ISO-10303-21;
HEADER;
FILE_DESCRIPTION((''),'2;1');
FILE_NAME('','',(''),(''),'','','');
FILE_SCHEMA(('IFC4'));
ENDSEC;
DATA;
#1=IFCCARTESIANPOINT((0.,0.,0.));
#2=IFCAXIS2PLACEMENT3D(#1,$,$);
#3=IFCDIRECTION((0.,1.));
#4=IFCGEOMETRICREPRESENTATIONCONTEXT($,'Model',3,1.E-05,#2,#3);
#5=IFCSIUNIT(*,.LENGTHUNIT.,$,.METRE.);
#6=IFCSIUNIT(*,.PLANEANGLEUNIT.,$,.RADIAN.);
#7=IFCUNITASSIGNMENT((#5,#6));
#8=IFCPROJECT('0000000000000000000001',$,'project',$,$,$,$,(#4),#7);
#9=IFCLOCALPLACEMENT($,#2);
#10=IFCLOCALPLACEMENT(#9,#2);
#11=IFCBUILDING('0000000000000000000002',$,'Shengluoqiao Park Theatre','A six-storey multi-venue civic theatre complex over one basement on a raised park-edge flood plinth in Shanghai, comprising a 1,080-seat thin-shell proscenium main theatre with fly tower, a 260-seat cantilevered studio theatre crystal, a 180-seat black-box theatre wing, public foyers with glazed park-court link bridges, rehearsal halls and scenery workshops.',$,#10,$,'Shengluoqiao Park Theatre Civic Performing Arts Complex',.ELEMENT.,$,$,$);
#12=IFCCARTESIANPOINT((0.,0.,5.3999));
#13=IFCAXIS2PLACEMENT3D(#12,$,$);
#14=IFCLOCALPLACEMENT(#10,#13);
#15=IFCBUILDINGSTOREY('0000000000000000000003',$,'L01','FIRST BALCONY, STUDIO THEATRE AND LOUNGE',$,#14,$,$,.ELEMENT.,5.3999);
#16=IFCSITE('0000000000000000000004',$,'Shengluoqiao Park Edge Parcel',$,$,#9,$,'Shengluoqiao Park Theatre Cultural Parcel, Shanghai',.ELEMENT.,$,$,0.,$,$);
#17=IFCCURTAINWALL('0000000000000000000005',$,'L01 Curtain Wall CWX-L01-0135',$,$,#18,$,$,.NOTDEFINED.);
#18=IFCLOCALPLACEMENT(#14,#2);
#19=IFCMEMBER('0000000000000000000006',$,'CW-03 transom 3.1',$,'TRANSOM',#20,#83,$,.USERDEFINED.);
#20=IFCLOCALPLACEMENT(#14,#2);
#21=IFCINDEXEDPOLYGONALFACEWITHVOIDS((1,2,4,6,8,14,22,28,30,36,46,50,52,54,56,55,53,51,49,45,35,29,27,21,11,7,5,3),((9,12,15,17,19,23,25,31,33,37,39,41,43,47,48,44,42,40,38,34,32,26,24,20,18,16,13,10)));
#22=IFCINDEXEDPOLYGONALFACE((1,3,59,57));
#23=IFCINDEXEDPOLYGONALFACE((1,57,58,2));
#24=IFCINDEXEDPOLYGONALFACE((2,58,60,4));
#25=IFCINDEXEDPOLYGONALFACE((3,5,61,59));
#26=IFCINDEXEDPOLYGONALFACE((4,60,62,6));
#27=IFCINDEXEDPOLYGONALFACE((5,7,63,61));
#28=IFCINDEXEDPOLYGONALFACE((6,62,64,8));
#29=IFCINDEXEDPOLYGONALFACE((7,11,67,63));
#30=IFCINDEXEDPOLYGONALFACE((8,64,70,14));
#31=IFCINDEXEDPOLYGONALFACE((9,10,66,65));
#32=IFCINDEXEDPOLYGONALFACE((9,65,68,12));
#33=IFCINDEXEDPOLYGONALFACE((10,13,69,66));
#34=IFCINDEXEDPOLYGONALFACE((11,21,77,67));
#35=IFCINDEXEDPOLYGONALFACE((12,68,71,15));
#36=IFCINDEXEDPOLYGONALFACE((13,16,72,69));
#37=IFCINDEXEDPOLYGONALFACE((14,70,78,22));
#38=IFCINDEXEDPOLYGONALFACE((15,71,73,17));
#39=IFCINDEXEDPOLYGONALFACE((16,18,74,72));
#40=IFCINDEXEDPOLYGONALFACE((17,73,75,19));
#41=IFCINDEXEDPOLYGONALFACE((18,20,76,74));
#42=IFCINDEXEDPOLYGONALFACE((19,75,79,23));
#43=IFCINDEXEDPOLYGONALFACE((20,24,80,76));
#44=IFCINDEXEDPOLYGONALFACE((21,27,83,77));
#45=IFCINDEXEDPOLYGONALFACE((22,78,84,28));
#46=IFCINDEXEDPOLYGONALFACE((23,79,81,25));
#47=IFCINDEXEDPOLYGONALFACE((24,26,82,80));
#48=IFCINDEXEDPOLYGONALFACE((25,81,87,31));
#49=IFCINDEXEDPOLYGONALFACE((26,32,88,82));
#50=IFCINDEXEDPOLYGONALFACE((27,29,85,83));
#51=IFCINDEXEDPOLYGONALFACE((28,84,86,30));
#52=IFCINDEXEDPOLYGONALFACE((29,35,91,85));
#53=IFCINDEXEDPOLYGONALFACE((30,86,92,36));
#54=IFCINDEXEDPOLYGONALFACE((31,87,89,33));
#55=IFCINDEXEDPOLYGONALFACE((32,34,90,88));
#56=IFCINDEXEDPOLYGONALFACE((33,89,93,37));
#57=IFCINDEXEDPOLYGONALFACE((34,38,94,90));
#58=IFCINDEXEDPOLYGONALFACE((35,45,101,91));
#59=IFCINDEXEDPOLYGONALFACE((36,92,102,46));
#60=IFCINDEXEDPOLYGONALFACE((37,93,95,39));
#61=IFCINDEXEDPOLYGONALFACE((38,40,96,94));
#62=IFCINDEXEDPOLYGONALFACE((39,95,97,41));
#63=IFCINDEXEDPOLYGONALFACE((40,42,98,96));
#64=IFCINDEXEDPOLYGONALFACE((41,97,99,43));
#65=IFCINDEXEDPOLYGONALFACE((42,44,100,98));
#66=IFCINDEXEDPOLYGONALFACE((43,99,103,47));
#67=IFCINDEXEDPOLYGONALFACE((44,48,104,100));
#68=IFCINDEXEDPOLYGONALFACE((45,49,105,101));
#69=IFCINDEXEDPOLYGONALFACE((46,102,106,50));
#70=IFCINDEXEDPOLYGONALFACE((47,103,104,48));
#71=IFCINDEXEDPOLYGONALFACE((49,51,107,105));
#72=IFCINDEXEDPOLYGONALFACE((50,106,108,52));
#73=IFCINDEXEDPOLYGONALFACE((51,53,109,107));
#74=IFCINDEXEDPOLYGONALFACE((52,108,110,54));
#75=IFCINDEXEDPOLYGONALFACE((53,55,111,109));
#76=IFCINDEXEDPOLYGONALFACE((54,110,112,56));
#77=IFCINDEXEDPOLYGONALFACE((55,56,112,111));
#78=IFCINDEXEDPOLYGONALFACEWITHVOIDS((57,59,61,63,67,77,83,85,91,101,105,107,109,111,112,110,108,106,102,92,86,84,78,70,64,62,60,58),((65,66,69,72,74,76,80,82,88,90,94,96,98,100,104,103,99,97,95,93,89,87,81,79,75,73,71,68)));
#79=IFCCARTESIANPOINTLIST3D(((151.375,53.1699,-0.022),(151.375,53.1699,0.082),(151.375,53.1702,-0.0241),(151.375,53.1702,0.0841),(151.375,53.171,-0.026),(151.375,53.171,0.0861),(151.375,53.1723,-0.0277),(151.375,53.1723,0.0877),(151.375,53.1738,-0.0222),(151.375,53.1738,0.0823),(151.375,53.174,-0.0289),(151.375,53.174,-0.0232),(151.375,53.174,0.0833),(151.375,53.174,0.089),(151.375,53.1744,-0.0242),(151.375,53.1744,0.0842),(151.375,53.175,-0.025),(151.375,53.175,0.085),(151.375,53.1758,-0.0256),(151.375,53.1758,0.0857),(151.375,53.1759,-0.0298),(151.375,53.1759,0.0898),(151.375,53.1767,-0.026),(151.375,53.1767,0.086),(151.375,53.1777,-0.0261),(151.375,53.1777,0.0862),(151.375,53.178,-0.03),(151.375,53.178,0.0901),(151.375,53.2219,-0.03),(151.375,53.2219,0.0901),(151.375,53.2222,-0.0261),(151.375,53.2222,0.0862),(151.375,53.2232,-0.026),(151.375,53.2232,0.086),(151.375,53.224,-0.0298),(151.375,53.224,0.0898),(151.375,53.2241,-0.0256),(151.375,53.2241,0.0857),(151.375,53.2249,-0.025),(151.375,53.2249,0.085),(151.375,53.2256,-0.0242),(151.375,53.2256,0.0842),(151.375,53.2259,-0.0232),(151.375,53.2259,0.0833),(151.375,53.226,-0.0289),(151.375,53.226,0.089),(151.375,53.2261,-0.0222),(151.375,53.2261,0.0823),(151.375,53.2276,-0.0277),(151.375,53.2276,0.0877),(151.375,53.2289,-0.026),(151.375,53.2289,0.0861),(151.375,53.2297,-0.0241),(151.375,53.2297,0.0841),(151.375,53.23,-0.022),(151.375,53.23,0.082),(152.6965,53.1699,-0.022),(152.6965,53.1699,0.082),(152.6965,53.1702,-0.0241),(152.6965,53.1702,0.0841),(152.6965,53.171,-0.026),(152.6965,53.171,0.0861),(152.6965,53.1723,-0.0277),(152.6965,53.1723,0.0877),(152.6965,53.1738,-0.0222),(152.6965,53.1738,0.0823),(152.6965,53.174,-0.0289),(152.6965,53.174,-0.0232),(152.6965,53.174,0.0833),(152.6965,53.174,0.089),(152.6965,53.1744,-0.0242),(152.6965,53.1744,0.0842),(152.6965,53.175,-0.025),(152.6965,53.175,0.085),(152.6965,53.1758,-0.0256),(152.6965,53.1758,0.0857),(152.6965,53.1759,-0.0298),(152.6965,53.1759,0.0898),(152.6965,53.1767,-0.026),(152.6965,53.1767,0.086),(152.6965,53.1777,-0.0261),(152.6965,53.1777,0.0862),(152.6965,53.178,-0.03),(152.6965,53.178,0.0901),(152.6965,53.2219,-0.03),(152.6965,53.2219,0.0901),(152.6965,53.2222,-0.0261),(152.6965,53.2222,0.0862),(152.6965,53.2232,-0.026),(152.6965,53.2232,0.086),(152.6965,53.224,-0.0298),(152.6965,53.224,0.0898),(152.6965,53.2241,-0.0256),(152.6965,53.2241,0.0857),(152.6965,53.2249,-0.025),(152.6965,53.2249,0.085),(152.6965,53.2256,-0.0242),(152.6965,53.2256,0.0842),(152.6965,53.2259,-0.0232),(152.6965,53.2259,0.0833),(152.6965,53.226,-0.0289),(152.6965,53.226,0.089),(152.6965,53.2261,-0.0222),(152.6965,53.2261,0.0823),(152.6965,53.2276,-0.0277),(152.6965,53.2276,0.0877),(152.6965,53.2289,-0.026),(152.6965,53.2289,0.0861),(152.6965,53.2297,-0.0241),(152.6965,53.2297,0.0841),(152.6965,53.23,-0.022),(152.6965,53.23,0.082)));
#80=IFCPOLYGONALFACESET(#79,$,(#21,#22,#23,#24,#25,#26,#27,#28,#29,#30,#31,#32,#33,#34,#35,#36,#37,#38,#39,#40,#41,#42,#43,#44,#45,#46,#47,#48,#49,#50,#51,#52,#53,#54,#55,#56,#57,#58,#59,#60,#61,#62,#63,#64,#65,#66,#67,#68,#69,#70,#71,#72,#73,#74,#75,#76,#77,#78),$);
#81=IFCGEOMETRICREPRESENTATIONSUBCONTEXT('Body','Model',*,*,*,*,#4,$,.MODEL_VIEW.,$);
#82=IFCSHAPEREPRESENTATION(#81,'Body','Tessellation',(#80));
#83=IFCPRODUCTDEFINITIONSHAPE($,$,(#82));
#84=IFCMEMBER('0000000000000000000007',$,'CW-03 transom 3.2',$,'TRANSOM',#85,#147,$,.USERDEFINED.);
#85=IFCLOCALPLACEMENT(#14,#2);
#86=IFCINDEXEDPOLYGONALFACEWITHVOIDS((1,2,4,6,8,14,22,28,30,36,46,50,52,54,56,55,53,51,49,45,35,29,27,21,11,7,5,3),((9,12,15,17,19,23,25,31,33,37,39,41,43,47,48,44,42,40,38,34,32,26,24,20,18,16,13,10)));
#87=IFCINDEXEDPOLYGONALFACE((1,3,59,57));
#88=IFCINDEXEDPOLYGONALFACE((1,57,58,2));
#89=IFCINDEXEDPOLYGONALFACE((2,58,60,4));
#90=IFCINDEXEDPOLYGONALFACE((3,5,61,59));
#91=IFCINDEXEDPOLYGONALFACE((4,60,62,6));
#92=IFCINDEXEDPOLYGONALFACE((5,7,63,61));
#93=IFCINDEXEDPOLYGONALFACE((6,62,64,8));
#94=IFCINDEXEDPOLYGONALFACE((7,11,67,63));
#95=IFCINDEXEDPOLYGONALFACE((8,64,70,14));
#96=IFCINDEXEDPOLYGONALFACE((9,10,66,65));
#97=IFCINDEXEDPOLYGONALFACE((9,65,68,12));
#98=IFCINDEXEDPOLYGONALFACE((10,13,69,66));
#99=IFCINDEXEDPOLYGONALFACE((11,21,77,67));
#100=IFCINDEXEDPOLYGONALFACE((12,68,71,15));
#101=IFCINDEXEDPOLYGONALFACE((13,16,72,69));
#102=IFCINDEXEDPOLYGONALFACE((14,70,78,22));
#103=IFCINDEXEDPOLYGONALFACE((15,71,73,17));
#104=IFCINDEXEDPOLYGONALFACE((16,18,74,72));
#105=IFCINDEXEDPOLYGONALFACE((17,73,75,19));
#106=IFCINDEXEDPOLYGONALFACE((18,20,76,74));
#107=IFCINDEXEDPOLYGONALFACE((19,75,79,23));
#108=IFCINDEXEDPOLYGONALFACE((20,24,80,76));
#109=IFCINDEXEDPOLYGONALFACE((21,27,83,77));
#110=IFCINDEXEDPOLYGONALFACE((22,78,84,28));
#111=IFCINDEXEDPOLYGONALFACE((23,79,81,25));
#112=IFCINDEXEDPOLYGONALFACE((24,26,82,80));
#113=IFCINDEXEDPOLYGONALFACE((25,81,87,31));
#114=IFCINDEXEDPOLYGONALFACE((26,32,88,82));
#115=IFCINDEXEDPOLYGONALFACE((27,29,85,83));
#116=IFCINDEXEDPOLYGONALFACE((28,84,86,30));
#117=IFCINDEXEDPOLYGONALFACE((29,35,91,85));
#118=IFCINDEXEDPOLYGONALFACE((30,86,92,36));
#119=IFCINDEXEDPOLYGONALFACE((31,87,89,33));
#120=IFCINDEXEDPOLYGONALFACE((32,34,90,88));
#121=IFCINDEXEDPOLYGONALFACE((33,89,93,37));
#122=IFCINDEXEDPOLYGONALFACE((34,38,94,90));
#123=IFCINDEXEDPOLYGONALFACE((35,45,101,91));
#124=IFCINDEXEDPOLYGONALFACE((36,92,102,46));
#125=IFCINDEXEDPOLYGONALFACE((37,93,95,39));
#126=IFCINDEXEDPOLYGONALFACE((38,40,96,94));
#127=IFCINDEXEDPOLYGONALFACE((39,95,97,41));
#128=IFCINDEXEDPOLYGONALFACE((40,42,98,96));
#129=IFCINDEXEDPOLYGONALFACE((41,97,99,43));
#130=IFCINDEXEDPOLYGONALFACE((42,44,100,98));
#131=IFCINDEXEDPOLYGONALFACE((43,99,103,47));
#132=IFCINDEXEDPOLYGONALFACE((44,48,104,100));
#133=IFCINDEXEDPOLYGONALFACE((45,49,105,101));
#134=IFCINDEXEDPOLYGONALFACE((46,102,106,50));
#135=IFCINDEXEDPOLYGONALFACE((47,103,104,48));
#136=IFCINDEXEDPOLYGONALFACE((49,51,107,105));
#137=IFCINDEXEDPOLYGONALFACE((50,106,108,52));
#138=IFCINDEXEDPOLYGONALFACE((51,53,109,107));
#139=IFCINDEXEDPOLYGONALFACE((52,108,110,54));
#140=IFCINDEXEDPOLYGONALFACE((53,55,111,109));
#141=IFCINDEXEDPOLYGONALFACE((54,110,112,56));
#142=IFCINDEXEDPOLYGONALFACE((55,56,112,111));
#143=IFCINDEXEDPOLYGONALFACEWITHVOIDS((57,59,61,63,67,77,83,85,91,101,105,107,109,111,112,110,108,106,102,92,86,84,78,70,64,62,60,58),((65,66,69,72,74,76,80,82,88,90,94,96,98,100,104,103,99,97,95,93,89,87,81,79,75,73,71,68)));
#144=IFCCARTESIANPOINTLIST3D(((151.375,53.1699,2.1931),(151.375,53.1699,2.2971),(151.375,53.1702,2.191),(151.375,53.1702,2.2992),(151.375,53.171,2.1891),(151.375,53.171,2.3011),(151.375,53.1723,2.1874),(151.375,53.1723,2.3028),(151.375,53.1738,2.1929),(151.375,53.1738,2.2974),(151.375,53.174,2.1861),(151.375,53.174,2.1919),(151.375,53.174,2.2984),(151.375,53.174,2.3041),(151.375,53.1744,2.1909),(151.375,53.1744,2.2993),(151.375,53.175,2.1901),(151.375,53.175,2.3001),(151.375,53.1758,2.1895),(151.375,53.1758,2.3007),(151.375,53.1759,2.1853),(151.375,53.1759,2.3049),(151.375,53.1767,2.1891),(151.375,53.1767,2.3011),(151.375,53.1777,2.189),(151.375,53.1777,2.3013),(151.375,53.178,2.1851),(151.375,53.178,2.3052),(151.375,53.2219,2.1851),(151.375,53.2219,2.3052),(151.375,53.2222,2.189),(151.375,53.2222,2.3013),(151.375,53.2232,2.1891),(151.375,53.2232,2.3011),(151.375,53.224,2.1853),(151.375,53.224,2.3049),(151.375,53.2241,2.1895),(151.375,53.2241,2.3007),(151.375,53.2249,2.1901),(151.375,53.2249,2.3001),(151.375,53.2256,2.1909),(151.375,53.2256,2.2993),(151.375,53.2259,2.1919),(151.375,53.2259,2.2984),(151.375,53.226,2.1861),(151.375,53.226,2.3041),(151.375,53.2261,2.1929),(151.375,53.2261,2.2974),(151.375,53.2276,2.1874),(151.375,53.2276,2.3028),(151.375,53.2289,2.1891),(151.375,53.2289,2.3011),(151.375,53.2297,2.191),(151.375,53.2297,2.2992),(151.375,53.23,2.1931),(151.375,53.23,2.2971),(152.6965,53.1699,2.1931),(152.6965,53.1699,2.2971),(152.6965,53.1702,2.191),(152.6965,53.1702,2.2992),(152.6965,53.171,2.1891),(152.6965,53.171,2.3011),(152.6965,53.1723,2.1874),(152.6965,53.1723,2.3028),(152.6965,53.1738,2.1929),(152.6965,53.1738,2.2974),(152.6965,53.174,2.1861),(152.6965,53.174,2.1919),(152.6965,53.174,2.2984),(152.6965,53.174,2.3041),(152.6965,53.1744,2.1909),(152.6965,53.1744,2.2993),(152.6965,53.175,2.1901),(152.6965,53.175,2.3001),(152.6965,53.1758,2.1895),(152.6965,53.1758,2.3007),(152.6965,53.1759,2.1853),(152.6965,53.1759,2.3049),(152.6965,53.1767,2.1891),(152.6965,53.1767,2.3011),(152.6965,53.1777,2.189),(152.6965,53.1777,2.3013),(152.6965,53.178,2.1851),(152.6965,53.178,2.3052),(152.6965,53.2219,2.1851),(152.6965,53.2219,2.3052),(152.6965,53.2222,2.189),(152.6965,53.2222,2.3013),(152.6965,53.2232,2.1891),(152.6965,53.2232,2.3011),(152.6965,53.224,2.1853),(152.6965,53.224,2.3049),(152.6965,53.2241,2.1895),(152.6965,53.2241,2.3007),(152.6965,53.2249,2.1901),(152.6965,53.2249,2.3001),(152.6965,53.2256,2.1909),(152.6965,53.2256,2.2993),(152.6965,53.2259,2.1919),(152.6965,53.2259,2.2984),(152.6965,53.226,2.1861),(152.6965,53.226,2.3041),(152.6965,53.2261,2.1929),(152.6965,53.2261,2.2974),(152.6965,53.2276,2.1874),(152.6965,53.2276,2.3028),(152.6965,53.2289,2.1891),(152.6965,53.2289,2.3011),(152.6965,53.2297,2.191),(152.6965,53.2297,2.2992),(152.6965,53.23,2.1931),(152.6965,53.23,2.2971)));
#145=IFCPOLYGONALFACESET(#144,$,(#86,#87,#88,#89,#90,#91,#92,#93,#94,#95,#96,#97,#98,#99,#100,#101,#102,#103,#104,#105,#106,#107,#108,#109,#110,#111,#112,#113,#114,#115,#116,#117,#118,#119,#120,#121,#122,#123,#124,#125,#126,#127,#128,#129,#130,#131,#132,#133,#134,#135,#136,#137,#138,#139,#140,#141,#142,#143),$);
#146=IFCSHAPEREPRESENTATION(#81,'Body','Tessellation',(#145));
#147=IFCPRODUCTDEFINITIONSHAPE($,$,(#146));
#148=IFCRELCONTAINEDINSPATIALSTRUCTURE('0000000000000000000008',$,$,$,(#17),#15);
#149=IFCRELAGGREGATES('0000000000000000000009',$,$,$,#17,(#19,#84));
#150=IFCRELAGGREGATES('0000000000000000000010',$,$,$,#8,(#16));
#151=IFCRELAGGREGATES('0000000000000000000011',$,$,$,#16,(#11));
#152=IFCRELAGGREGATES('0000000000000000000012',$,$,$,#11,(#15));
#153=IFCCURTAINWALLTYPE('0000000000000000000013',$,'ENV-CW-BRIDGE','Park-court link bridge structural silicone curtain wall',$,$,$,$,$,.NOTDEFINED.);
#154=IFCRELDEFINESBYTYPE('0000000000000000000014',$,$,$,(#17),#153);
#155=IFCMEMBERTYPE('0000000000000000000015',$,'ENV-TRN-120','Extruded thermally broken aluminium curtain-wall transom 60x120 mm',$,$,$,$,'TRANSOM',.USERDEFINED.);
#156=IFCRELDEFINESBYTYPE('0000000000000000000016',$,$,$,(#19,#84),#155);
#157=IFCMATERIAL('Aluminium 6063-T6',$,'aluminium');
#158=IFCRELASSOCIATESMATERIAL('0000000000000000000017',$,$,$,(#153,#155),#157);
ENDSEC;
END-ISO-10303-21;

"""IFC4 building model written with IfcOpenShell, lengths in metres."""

from ifc_helpers import new_model, si_unit, direction, frame, origin, origin_2d, place, context, subcontext, project, spatial, hollow_rectangle, extrude, material, material_profile, profile_set, type_object, element, aggregate, save


model = new_model("IFC4")

# Units and contexts
model_context = context("Model", 3, precision=1e-05, world=origin(), true_north=direction((0.0, 1.0)))
body_context = subcontext(model_context, "Body", "Model", "MODEL_VIEW")
ifc_project = project(units=[si_unit("LENGTHUNIT", "METRE"), si_unit("PLANEANGLEUNIT", "RADIAN")], contexts=[model_context])

# Site, building, storey
site_placement = place(None, origin())
site = spatial("IfcSite", under=ifc_project, at=site_placement, Name="Shengluoqiao Park Edge Parcel", LongName="Shengluoqiao Park Theatre Cultural Parcel, Shanghai", CompositionType="ELEMENT", RefElevation=0.0)
building_placement = place(site_placement, origin())
building = spatial("IfcBuilding", under=site, at=building_placement, Name="Shengluoqiao Park Theatre", Description="A six-storey multi-venue civic theatre complex over one basement on a raised park-edge flood plinth in Shanghai, comprising a 1,080-seat thin-shell proscenium main theatre with fly tower, a 260-seat cantilevered studio theatre crystal, a 180-seat black-box theatre wing, public foyers with glazed park-court link bridges, rehearsal halls and scenery workshops.", LongName="Shengluoqiao Park Theatre Civic Performing Arts Complex", CompositionType="ELEMENT")
storey_placement = place(building_placement, frame((0.0, 0.0, 5.3999)))
storey = spatial("IfcBuildingStorey", under=building, at=storey_placement, Name="L01", Description="FIRST BALCONY, STUDIO THEATRE AND LOUNGE", CompositionType="ELEMENT", Elevation=5.3999)

# Curtain wall, members
ifc_material_1 = material(Name="Aluminium 6063-T6", Category="aluminium")
curtain_wall_type = type_object("IfcCurtainWallType", Name="ENV-CW-BRIDGE", Description="Park-court link bridge structural silicone curtain wall", PredefinedType="NOTDEFINED", material=ifc_material_1)
curtain_wall_placement = place(storey_placement, origin())
curtain_wall = element("IfcCurtainWall", 1, at=curtain_wall_placement, inside=storey, type_object=curtain_wall_type, Name="L01 Curtain Wall CWX-L01-0135", PredefinedType="NOTDEFINED")
ifc_material_profile_1 = material_profile(ifc_material_1, hollow_rectangle(XDim=0.0601, YDim=0.1201, WallThickness=0.0039, InnerFilletRadius=0.0039, OuterFilletRadius=0.0081, at=origin_2d()), Name="ALU TRANSOM 120x60x4")
ifc_profile_set_1 = profile_set([ifc_material_profile_1], Name="Aluminium 6063-T6")
member_type_1 = type_object("IfcMemberType", Name="ENV-TRN-120", Description="Extruded thermally broken aluminium curtain-wall transom 60x120 mm", ElementType="TRANSOM", PredefinedType="USERDEFINED", material=ifc_profile_set_1)
member_1_placement = place(storey_placement, frame((151.375, 53.2, 0.03), z_axis=(1.0, 0.0, 0.0), x_axis=(0.0, 1.0, 0.0)))
member_1 = element("IfcMember", 2, at=member_1_placement, type_object=member_type_1, Name="CW-03 transom 3.1", ObjectType="TRANSOM", PredefinedType="USERDEFINED", context=body_context, shape_type="SweptSolid", body=[
    extrude(hollow_rectangle(XDim=0.0601, YDim=0.1201, WallThickness=0.0039, InnerFilletRadius=0.0039, OuterFilletRadius=0.0081, at=origin_2d()), origin(), (0.0, 0.0, 1.0), 1.3215),
])
member_2_placement = place(storey_placement, frame((151.375, 53.2, 2.2451), z_axis=(1.0, 0.0, 0.0), x_axis=(0.0, 1.0, 0.0)))
member_2 = element("IfcMember", 3, at=member_2_placement, type_object=member_type_1, Name="CW-03 transom 3.2", ObjectType="TRANSOM", PredefinedType="USERDEFINED", context=body_context, shape_type="SweptSolid", body=[
    extrude(hollow_rectangle(XDim=0.0601, YDim=0.1201, WallThickness=0.0039, InnerFilletRadius=0.0039, OuterFilletRadius=0.0081, at=origin_2d()), origin(), (0.0, 0.0, 1.0), 1.3215),
])

aggregate(curtain_wall, [member_1, member_2])

save(model, "model.ifc")
